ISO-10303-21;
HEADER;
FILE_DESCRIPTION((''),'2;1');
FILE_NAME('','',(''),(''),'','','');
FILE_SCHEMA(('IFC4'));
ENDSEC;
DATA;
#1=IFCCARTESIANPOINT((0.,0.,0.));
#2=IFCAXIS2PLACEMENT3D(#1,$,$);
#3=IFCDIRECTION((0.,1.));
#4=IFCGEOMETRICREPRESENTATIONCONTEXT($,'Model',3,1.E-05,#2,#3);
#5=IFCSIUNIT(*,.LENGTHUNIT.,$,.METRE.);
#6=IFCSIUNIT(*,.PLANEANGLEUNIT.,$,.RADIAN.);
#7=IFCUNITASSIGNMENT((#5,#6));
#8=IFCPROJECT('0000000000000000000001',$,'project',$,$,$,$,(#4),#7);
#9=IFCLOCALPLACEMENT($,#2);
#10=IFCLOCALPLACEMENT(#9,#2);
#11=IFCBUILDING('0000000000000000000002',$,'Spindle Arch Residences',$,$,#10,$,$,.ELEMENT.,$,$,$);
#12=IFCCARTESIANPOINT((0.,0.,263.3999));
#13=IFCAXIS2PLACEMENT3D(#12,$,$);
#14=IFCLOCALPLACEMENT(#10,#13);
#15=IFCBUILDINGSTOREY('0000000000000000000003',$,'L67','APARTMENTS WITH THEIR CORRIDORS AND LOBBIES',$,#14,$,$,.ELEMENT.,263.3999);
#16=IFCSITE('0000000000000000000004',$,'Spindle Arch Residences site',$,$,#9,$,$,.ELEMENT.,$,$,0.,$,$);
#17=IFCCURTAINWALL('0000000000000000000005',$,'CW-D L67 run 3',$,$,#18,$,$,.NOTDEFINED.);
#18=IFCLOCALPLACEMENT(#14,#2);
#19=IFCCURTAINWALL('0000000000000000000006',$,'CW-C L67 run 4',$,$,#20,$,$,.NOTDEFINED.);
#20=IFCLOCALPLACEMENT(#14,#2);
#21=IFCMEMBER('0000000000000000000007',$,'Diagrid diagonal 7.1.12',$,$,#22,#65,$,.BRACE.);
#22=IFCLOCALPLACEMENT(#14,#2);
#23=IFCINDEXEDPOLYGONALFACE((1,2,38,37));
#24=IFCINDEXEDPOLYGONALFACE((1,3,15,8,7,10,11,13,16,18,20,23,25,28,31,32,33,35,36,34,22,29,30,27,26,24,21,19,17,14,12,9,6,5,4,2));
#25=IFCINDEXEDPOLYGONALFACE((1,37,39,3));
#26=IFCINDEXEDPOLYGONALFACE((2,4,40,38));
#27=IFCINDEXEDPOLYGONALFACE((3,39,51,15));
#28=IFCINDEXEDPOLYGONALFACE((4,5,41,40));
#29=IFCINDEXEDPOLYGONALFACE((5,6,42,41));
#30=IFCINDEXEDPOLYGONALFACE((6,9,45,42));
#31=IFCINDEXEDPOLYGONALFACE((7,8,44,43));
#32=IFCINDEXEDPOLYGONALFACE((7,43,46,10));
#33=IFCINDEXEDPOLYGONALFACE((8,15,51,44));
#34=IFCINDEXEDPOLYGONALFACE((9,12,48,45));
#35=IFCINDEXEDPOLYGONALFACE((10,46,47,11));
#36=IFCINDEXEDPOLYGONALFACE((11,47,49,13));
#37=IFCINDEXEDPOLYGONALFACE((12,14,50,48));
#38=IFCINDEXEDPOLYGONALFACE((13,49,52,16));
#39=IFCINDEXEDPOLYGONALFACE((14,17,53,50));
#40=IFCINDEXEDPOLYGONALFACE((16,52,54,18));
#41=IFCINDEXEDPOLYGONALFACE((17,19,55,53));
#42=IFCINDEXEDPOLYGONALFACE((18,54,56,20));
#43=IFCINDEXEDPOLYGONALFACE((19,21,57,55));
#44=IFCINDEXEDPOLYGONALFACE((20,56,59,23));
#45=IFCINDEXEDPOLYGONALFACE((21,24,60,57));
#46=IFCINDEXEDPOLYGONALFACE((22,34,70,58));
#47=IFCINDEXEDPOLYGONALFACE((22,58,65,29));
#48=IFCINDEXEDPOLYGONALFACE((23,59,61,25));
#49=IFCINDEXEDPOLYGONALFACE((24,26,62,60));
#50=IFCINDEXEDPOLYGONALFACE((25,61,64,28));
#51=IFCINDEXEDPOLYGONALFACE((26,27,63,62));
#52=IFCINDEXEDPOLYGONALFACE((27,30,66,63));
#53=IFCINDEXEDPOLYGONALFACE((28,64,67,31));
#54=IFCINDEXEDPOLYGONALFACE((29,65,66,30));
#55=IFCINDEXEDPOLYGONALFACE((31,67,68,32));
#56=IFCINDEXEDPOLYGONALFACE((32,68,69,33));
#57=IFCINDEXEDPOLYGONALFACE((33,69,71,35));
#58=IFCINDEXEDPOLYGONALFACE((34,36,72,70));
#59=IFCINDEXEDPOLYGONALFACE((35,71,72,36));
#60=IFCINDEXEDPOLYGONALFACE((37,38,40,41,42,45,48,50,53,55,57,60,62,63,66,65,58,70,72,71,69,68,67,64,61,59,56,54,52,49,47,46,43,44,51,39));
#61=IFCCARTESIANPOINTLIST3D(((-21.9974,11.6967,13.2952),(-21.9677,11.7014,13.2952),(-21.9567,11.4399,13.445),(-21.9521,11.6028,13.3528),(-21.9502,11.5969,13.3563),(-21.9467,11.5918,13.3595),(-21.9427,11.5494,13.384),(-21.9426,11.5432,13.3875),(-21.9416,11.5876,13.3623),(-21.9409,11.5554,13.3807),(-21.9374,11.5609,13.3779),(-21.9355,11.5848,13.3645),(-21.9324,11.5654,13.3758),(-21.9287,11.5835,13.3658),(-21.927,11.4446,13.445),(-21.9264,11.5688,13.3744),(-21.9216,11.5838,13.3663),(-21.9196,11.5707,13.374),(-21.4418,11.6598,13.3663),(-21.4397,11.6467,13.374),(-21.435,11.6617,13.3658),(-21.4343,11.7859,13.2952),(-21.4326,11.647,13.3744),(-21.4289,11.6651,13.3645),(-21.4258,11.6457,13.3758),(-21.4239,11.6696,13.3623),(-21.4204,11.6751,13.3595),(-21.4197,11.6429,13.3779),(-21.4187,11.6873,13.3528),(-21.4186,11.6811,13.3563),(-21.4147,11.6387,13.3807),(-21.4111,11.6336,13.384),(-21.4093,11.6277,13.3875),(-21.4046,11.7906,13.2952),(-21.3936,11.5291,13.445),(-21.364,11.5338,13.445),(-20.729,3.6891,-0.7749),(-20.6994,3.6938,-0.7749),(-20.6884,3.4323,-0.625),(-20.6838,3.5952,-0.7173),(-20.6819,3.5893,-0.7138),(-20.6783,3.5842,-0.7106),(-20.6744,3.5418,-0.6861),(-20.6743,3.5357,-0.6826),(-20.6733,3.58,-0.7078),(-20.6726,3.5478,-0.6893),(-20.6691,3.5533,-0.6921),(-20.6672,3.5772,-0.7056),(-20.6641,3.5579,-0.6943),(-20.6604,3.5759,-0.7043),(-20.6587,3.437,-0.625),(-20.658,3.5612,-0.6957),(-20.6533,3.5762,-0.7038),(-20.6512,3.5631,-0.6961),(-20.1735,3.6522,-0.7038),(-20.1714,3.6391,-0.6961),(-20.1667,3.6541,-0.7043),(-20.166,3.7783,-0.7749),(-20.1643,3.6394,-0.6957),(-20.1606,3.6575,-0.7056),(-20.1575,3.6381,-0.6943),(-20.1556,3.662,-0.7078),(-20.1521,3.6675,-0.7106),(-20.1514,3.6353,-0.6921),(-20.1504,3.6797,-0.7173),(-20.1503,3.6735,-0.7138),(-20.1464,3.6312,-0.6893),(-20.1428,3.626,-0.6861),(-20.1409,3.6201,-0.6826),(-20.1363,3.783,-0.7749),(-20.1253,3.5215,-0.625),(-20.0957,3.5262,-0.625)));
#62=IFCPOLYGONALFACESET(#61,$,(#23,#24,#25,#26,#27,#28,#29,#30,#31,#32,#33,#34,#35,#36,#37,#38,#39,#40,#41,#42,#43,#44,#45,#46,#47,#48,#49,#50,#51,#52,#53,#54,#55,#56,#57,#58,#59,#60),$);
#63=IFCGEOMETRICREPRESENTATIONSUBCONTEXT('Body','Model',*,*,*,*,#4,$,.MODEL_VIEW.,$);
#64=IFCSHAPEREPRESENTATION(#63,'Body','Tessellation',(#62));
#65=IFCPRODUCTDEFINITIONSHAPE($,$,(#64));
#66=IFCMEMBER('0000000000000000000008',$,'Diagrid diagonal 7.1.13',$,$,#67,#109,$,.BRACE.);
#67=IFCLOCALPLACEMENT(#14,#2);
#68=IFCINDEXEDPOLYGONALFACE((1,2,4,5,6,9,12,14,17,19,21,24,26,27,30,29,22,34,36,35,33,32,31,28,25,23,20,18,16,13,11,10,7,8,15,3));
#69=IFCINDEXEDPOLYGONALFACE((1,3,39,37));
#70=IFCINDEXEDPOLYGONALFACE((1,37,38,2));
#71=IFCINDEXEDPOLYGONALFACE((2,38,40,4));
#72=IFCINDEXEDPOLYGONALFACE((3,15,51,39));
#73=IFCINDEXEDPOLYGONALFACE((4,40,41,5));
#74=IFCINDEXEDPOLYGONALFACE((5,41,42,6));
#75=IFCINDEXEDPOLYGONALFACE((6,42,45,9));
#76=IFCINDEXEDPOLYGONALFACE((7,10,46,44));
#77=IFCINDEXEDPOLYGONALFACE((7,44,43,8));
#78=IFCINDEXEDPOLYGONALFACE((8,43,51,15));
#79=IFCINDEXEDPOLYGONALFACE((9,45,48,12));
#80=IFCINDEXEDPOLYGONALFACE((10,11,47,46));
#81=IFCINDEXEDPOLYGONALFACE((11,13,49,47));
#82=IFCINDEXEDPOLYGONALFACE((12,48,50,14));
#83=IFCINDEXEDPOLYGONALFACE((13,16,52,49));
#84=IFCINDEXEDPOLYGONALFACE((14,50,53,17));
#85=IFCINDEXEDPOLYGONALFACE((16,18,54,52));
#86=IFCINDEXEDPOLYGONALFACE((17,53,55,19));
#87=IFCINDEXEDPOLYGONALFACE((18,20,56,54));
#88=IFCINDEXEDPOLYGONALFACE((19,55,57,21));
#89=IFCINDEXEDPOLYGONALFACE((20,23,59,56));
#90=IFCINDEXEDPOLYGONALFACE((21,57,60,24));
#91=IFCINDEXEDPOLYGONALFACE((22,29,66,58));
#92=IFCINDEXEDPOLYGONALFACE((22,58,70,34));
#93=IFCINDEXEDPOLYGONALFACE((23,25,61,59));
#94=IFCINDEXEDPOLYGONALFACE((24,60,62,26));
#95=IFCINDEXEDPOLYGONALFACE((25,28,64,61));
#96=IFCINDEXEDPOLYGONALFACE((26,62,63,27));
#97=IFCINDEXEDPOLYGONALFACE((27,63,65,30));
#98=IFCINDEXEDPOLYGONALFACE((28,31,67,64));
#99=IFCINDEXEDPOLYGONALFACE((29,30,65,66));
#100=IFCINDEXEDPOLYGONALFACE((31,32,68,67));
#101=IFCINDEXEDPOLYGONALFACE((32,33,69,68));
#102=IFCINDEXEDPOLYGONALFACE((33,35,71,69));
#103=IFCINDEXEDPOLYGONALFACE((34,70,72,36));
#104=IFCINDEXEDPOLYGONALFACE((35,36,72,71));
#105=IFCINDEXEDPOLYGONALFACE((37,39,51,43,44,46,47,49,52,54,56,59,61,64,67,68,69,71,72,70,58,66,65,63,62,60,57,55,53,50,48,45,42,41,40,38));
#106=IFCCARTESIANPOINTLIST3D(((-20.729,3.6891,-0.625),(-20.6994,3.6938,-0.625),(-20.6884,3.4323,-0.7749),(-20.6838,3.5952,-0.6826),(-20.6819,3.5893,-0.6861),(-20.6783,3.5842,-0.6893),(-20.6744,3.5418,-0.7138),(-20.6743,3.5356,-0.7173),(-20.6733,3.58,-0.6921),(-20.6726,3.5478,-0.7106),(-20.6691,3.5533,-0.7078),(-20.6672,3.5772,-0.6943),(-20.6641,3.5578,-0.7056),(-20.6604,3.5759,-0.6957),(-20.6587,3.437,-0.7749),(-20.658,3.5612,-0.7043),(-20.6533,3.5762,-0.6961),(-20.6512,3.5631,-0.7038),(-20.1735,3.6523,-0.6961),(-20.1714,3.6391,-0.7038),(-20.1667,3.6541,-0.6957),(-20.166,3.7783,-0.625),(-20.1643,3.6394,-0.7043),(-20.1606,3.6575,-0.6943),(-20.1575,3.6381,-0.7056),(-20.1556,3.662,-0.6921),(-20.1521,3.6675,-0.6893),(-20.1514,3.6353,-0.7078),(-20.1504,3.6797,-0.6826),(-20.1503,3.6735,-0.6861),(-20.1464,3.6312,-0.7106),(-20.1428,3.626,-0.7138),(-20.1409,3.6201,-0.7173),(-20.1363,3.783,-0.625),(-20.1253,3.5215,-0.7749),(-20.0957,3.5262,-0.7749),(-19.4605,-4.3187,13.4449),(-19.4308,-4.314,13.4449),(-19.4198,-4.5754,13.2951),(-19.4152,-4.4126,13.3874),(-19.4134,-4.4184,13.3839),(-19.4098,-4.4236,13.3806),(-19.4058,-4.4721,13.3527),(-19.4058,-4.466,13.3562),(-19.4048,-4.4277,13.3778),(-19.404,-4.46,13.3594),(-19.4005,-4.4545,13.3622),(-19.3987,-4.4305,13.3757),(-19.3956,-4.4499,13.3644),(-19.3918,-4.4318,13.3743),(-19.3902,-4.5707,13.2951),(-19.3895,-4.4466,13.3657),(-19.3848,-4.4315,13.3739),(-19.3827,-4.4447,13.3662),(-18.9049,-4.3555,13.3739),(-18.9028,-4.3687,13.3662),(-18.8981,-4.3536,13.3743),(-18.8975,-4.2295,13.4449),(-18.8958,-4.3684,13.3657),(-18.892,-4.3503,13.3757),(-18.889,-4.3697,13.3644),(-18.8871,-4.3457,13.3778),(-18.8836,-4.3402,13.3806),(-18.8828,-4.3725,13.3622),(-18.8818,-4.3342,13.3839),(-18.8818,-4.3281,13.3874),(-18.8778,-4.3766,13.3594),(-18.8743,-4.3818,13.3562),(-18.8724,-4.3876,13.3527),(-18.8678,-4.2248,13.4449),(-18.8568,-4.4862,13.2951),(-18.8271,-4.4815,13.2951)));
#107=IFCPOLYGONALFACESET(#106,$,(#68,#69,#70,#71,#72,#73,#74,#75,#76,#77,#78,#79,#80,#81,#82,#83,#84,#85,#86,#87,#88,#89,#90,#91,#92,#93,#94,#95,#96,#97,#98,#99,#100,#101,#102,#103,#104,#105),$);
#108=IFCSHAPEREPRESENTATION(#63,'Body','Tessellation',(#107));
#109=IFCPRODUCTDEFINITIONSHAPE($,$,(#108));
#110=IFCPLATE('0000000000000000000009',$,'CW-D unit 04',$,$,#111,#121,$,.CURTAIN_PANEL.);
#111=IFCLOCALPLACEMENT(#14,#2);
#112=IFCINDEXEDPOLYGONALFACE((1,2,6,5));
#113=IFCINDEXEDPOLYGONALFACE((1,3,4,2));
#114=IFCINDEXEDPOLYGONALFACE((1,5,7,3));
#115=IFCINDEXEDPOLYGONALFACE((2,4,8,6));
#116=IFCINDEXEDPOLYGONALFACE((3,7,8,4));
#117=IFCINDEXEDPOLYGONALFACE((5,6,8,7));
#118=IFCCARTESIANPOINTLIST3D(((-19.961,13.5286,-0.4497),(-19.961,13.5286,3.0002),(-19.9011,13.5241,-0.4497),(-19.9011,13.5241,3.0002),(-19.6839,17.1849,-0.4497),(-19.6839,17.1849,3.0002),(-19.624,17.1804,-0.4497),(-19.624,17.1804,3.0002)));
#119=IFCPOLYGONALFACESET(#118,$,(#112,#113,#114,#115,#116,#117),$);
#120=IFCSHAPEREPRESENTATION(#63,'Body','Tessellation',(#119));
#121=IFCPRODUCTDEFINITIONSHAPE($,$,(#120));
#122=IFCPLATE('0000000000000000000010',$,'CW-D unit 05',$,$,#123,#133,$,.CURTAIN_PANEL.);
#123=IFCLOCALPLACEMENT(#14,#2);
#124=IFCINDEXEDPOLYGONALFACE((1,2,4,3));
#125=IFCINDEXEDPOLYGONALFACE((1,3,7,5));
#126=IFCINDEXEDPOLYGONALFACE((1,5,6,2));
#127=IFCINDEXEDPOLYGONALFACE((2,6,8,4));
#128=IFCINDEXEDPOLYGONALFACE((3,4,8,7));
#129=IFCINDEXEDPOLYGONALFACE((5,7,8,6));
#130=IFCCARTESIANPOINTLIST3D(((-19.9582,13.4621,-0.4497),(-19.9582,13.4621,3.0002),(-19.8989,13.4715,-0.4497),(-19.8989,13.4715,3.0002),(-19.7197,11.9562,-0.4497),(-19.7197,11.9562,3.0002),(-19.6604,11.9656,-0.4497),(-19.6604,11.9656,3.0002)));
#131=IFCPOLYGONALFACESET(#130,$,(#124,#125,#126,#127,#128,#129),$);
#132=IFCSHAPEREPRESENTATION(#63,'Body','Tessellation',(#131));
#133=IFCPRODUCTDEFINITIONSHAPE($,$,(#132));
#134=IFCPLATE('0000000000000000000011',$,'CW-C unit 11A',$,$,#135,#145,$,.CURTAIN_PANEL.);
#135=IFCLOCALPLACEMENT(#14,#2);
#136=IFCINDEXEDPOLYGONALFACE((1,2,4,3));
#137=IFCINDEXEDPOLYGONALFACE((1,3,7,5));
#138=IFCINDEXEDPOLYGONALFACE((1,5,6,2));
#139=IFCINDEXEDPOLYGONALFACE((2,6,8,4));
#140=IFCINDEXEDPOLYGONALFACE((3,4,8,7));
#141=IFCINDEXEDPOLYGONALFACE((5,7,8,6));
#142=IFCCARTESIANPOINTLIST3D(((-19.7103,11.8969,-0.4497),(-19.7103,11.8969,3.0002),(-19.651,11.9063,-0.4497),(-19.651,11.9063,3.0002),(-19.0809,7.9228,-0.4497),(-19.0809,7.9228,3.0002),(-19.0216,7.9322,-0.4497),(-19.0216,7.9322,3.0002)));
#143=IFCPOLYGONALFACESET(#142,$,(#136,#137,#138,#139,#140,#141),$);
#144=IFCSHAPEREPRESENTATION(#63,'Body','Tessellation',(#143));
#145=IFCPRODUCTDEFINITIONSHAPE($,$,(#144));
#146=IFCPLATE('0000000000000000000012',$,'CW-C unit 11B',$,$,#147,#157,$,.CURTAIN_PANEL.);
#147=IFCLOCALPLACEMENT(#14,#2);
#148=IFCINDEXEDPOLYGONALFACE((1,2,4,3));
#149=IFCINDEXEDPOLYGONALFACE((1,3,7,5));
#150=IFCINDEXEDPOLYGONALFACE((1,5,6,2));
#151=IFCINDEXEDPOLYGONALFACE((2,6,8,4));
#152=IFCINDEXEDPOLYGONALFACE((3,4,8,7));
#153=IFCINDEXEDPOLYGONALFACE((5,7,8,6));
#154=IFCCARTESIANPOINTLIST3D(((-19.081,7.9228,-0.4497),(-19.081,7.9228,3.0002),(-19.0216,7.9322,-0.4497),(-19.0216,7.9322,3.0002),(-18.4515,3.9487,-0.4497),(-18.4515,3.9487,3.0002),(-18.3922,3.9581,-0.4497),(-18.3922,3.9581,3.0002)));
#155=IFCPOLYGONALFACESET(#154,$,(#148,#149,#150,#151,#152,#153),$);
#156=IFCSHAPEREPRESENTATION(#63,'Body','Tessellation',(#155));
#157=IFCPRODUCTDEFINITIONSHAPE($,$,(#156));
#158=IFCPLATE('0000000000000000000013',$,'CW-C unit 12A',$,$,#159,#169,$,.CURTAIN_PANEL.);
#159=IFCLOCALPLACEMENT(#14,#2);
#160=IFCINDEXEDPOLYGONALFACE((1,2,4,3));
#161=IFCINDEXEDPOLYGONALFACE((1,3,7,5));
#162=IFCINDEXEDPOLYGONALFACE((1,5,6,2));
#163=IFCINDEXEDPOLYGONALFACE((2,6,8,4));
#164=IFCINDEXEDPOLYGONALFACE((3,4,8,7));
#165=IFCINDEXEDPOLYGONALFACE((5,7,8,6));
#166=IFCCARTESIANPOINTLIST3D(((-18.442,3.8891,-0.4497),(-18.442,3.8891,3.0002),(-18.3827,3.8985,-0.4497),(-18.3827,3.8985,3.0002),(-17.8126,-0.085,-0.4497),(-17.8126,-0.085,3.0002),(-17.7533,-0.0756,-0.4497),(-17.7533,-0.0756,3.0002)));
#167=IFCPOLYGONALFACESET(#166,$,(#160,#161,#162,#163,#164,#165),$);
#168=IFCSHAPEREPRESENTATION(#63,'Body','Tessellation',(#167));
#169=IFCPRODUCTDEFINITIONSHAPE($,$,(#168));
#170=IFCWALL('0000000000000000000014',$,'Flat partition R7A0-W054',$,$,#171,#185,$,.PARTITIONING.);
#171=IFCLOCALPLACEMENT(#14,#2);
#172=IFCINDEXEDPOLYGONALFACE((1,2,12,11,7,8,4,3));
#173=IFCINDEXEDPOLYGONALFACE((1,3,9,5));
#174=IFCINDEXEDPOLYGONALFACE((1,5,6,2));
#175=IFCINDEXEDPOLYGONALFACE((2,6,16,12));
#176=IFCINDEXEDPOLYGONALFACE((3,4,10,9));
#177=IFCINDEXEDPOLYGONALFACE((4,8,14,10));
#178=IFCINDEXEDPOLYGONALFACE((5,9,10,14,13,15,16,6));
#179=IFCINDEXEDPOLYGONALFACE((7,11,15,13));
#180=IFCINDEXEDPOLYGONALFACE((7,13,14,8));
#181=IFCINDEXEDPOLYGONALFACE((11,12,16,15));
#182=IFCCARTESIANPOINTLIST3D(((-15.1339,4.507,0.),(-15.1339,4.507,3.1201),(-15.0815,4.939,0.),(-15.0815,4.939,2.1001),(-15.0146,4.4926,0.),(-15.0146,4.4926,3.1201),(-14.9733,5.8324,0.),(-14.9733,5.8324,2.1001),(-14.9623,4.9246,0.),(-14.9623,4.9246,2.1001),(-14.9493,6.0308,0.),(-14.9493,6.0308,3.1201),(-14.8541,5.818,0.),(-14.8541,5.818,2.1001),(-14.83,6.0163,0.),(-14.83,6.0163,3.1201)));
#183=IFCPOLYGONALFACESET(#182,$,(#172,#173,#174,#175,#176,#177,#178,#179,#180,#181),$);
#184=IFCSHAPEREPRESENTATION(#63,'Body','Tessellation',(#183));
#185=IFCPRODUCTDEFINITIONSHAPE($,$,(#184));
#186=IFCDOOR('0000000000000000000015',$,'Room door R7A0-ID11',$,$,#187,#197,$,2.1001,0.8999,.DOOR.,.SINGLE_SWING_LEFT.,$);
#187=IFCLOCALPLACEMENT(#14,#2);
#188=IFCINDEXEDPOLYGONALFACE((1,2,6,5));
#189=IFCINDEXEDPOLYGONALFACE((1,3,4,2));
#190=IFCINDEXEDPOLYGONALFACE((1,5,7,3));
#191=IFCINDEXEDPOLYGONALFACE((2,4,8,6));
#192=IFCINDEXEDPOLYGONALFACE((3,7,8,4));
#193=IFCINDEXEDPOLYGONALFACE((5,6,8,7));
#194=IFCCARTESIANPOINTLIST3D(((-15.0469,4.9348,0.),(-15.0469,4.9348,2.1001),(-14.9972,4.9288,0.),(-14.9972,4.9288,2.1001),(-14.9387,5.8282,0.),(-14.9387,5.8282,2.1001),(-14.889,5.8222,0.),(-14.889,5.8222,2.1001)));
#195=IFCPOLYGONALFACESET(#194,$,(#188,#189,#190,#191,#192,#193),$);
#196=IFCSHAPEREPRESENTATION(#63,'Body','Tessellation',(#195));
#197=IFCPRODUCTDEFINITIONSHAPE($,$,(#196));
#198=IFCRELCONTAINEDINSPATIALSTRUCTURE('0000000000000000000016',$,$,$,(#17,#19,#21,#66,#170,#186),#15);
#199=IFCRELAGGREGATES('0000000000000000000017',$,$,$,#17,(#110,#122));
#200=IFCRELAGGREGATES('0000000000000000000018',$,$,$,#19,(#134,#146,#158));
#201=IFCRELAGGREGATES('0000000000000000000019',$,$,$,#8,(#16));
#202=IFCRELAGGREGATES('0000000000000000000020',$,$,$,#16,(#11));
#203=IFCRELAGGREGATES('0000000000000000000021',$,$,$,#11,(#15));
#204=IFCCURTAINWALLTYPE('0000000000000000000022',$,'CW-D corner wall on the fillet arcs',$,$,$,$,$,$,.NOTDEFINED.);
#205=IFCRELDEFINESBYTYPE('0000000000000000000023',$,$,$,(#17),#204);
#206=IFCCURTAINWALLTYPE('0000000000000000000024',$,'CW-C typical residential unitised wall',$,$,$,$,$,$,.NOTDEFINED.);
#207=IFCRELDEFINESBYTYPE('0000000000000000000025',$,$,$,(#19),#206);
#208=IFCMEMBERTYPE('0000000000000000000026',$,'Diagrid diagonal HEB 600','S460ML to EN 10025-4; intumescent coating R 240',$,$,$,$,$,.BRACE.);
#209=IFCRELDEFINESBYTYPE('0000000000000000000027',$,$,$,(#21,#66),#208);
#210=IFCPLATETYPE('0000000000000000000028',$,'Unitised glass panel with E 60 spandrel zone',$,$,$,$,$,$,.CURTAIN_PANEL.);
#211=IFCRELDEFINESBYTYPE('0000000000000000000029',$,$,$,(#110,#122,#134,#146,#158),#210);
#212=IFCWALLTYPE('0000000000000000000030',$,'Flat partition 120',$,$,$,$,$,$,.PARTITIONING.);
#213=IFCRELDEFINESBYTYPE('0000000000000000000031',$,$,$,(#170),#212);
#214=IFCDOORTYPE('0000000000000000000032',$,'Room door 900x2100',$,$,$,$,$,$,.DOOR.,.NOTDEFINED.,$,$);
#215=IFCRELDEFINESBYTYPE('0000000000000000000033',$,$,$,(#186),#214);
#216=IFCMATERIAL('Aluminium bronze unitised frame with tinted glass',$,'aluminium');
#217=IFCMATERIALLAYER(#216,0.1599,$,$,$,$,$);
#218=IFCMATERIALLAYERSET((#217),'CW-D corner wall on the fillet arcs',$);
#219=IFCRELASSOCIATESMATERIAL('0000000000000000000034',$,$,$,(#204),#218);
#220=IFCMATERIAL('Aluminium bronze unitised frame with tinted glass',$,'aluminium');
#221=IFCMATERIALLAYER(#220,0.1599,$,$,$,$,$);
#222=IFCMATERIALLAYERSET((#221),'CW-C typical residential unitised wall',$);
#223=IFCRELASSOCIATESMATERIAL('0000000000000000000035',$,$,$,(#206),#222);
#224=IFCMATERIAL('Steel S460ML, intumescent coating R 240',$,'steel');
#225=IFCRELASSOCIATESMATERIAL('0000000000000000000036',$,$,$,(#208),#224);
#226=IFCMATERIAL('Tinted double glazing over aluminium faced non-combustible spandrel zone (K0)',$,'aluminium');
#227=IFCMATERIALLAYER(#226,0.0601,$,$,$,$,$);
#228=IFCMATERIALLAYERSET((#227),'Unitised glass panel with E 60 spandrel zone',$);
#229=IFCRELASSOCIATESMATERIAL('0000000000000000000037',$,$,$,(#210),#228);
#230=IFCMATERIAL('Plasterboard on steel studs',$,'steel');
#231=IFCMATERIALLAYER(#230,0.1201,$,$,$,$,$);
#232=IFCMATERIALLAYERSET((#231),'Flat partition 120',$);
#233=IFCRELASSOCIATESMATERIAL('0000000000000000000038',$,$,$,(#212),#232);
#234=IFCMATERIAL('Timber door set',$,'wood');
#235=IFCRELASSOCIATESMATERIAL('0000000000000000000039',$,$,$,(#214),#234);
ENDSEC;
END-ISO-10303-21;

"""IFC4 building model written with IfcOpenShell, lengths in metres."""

from ifc_helpers import new_model, si_unit, direction, frame, frame_2d, origin, origin_2d, place, context, subcontext, project, spatial, rectangle, i_section, extrude, material, layer, layer_set, material_profile, profile_set, type_object, element, fill, aggregate, save


model = new_model("IFC4")

# Units and contexts
model_context = context("Model", 3, precision=1e-05, world=origin(), true_north=direction((0.0, 1.0)))
body_context = subcontext(model_context, "Body", "Model", "MODEL_VIEW")
ifc_project = project(units=[si_unit("LENGTHUNIT", "METRE"), si_unit("PLANEANGLEUNIT", "RADIAN")], contexts=[model_context])

# Site, building, storey
site_placement = place(None, origin())
site = spatial("IfcSite", under=ifc_project, at=site_placement, Name="Spindle Arch Residences site", CompositionType="ELEMENT", RefElevation=0.0)
building_placement = place(site_placement, origin())
building = spatial("IfcBuilding", under=site, at=building_placement, Name="Spindle Arch Residences", CompositionType="ELEMENT")
storey_placement = place(building_placement, frame((0.0, 0.0, 263.3999)))
storey = spatial("IfcBuildingStorey", under=building, at=storey_placement, Name="L67", Description="APARTMENTS WITH THEIR CORRIDORS AND LOBBIES", CompositionType="ELEMENT", Elevation=263.3999)

# Curtain wall
ifc_material_1 = material(Name="Aluminium bronze unitised frame with tinted glass", Category="aluminium")
ifc_layer_1 = layer(ifc_material_1, 0.1599)
ifc_layer_set_1 = layer_set([ifc_layer_1], Name="CW-D corner wall on the fillet arcs")
curtain_wall_type_1 = type_object("IfcCurtainWallType", Name="CW-D corner wall on the fillet arcs", PredefinedType="NOTDEFINED", material=ifc_layer_set_1)
curtain_wall_1_placement = place(storey_placement, origin())
curtain_wall_1 = element("IfcCurtainWall", 1, at=curtain_wall_1_placement, inside=storey, type_object=curtain_wall_type_1, Name="CW-D L67 run 3", PredefinedType="NOTDEFINED")

# Curtain wall
ifc_material_2 = material(Name="Aluminium bronze unitised frame with tinted glass", Category="aluminium")
ifc_layer_2 = layer(ifc_material_2, 0.1599)
ifc_layer_set_2 = layer_set([ifc_layer_2], Name="CW-C typical residential unitised wall")
curtain_wall_type_2 = type_object("IfcCurtainWallType", Name="CW-C typical residential unitised wall", PredefinedType="NOTDEFINED", material=ifc_layer_set_2)
curtain_wall_2_placement = place(storey_placement, origin())
curtain_wall_2 = element("IfcCurtainWall", 2, at=curtain_wall_2_placement, inside=storey, type_object=curtain_wall_type_2, Name="CW-C L67 run 4", PredefinedType="NOTDEFINED")

# Members
ifc_material_3 = material(Name="Steel S460ML, intumescent coating R 240", Category="steel")
ifc_material_profile_1 = material_profile(ifc_material_3, i_section(OverallWidth=0.3, OverallDepth=0.6001, WebThickness=0.0154, FlangeThickness=0.03, FilletRadius=0.0271, at=origin_2d()), Name="HEB 600")
ifc_profile_set_1 = profile_set([ifc_material_profile_1], Name="Steel S460ML, intumescent coating R 240")
member_type_1 = type_object("IfcMemberType", Name="Diagrid diagonal HEB 600", Description="S460ML to EN 10025-4; intumescent coating R 240", PredefinedType="BRACE", material=ifc_profile_set_1)
for number, where, z_axis, x_axis, name in (
    (3, (-20.4124, 3.6077, -0.7), (-0.078104, 0.493115, 0.866451), (0.135547, -0.855783, 0.499262), "Diagrid diagonal 7.1.12"),
    (4, (-20.4124, 3.6077, -0.7), (0.078118, -0.493126, 0.866443), (-0.135567, 0.855772, 0.499275), "Diagrid diagonal 7.1.13"),
):
    element("IfcMember", number, at=place(storey_placement, frame(where, z_axis=z_axis, x_axis=x_axis)), inside=storey, type_object=member_type_1, Name=name, PredefinedType="BRACE", context=body_context, shape_type="SweptSolid", body=[
        extrude(i_section(OverallWidth=0.3, OverallDepth=0.6001, WebThickness=0.0154, FlangeThickness=0.03, FilletRadius=0.0271, at=origin_2d()), origin(), (0.0, 0.0, 1.0), 16.2388),
    ])

# Plates
ifc_material_4 = material(Name="Tinted double glazing over aluminium faced non-combustible spandrel zone (K0)", Category="aluminium")
ifc_layer_3 = layer(ifc_material_4, 0.0601)
ifc_layer_set_3 = layer_set([ifc_layer_3], Name="Unitised glass panel with E 60 spandrel zone")
plate_type = type_object("IfcPlateType", Name="Unitised glass panel with E 60 spandrel zone", PredefinedType="CURTAIN_PANEL", material=ifc_layer_set_3)
plate_1_placement = place(storey_placement, frame((-19.7925, 15.3545, -0.4497), z_axis=(0.0, 0.0, 1.0), x_axis=(-0.075559, -0.997141, 0.0)))
plate_1 = element("IfcPlate", 5, at=plate_1_placement, type_object=plate_type, Name="CW-D unit 04", PredefinedType="CURTAIN_PANEL", context=body_context, shape_type="SweptSolid", body=[
    extrude(rectangle(XDim=3.6667, YDim=0.0601, at=origin_2d()), origin(), (0.0, 0.0, 1.0), 3.45),
])
plate_2_placement = place(storey_placement, frame((-19.8093, 12.7139, -0.4497), z_axis=(0.0, 0.0, 1.0), x_axis=(0.156434, -0.987688, 0.0)))
plate_2 = element("IfcPlate", 6, at=plate_2_placement, type_object=plate_type, Name="CW-D unit 05", PredefinedType="CURTAIN_PANEL", context=body_context, shape_type="SweptSolid", body=[
    extrude(rectangle(XDim=1.5247, YDim=0.0601, at=origin_2d()), origin(), (0.0, 0.0, 1.0), 3.45),
])
aggregate(curtain_wall_1, [plate_1, plate_2])
plate_3_placement = place(storey_placement, frame((-19.366, 9.9146, -0.4497), z_axis=(0.0, 0.0, 1.0), x_axis=(0.156434, -0.987688, 0.0)))
plate_3 = element("IfcPlate", 7, at=plate_3_placement, type_object=plate_type, Name="CW-C unit 11A", PredefinedType="CURTAIN_PANEL", context=body_context, shape_type="SweptSolid", body=[
    extrude(rectangle(XDim=4.0237, YDim=0.0601, at=origin_2d()), origin(), (0.0, 0.0, 1.0), 3.45),
])
plate_4_placement = place(storey_placement, frame((-18.7366, 5.9404, -0.4497), z_axis=(0.0, 0.0, 1.0), x_axis=(0.156434, -0.987688, 0.0)))
plate_4 = element("IfcPlate", 8, at=plate_4_placement, type_object=plate_type, Name="CW-C unit 11B", PredefinedType="CURTAIN_PANEL", context=body_context, shape_type="SweptSolid", body=[
    extrude(rectangle(XDim=4.0237, YDim=0.0601, at=origin_2d()), origin(), (0.0, 0.0, 1.0), 3.45),
])
plate_5_placement = place(storey_placement, frame((-18.0977, 1.9067, -0.4497), z_axis=(0.0, 0.0, 1.0), x_axis=(0.156434, -0.987688, 0.0)))
plate_5 = element("IfcPlate", 9, at=plate_5_placement, type_object=plate_type, Name="CW-C unit 12A", PredefinedType="CURTAIN_PANEL", context=body_context, shape_type="SweptSolid", body=[
    extrude(rectangle(XDim=4.0237, YDim=0.0601, at=origin_2d()), origin(), (0.0, 0.0, 1.0), 3.45),
])
aggregate(curtain_wall_2, [plate_3, plate_4, plate_5])

# Wall, opening, door
ifc_material_5 = material(Name="Plasterboard on steel studs", Category="steel")
ifc_layer_4 = layer(ifc_material_5, 0.1201)
ifc_layer_set_4 = layer_set([ifc_layer_4], Name="Flat partition 120")
wall_type_1 = type_object("IfcWallType", Name="Flat partition 120", PredefinedType="PARTITIONING", material=ifc_layer_set_4)
wall_1_placement = place(storey_placement, frame((-14.8896, 6.0237, 0.0), z_axis=(0.0, 0.0, 1.0), x_axis=(-0.120255, -0.992743, 0.0)))
wall_1 = element("IfcWall", 10, at=wall_1_placement, inside=storey, type_object=wall_type_1, Name="Flat partition R7A0-W054", PredefinedType="PARTITIONING", context=body_context, shape_type="SweptSolid", body=[
    extrude(rectangle(XDim=1.5349, YDim=0.1201, at=frame_2d((0.7676, 0.0))), origin(), (0.0, 0.0, 1.0), 3.1201),
])
opening_1_placement = place(wall_1_placement, frame((0.2, 0.0, 0.0)))
opening_1 = element("IfcOpeningElement", 11, at=opening_1_placement, cuts=wall_1, PredefinedType="OPENING", context=body_context, shape_type="SweptSolid", body=[
    extrude(rectangle(XDim=0.8999, YDim=2.1001, at=frame_2d((0.45, 1.05))), frame((0.0, 0.0701, 0.0), z_axis=(0.0, -1.0, 0.0), x_axis=(1.0, 0.0, 0.0)), (0.0, 0.0, 1.0), 0.1401),
])
ifc_material_6 = material(Name="Timber door set", Category="wood")
door_type = type_object("IfcDoorType", Name="Room door 900x2100", OperationType="NOTDEFINED", PredefinedType="DOOR", material=ifc_material_6)
door_1_placement = place(opening_1_placement, origin())
door_1 = element("IfcDoor", 12, at=door_1_placement, inside=storey, type_object=door_type, Name="Room door R7A0-ID11", OperationType="SINGLE_SWING_LEFT", OverallHeight=2.1001, OverallWidth=0.8999, PredefinedType="DOOR", context=body_context, shape_type="SweptSolid", body=[
    extrude(rectangle(XDim=0.8999, YDim=2.1001, at=frame_2d((0.45, 1.05))), frame((0.0, 0.0249, 0.0), z_axis=(0.0, -1.0, 0.0), x_axis=(1.0, 0.0, 0.0)), (0.0, 0.0, 1.0), 0.05),
])
fill(opening_1, door_1)

save(model, "model.ifc")
